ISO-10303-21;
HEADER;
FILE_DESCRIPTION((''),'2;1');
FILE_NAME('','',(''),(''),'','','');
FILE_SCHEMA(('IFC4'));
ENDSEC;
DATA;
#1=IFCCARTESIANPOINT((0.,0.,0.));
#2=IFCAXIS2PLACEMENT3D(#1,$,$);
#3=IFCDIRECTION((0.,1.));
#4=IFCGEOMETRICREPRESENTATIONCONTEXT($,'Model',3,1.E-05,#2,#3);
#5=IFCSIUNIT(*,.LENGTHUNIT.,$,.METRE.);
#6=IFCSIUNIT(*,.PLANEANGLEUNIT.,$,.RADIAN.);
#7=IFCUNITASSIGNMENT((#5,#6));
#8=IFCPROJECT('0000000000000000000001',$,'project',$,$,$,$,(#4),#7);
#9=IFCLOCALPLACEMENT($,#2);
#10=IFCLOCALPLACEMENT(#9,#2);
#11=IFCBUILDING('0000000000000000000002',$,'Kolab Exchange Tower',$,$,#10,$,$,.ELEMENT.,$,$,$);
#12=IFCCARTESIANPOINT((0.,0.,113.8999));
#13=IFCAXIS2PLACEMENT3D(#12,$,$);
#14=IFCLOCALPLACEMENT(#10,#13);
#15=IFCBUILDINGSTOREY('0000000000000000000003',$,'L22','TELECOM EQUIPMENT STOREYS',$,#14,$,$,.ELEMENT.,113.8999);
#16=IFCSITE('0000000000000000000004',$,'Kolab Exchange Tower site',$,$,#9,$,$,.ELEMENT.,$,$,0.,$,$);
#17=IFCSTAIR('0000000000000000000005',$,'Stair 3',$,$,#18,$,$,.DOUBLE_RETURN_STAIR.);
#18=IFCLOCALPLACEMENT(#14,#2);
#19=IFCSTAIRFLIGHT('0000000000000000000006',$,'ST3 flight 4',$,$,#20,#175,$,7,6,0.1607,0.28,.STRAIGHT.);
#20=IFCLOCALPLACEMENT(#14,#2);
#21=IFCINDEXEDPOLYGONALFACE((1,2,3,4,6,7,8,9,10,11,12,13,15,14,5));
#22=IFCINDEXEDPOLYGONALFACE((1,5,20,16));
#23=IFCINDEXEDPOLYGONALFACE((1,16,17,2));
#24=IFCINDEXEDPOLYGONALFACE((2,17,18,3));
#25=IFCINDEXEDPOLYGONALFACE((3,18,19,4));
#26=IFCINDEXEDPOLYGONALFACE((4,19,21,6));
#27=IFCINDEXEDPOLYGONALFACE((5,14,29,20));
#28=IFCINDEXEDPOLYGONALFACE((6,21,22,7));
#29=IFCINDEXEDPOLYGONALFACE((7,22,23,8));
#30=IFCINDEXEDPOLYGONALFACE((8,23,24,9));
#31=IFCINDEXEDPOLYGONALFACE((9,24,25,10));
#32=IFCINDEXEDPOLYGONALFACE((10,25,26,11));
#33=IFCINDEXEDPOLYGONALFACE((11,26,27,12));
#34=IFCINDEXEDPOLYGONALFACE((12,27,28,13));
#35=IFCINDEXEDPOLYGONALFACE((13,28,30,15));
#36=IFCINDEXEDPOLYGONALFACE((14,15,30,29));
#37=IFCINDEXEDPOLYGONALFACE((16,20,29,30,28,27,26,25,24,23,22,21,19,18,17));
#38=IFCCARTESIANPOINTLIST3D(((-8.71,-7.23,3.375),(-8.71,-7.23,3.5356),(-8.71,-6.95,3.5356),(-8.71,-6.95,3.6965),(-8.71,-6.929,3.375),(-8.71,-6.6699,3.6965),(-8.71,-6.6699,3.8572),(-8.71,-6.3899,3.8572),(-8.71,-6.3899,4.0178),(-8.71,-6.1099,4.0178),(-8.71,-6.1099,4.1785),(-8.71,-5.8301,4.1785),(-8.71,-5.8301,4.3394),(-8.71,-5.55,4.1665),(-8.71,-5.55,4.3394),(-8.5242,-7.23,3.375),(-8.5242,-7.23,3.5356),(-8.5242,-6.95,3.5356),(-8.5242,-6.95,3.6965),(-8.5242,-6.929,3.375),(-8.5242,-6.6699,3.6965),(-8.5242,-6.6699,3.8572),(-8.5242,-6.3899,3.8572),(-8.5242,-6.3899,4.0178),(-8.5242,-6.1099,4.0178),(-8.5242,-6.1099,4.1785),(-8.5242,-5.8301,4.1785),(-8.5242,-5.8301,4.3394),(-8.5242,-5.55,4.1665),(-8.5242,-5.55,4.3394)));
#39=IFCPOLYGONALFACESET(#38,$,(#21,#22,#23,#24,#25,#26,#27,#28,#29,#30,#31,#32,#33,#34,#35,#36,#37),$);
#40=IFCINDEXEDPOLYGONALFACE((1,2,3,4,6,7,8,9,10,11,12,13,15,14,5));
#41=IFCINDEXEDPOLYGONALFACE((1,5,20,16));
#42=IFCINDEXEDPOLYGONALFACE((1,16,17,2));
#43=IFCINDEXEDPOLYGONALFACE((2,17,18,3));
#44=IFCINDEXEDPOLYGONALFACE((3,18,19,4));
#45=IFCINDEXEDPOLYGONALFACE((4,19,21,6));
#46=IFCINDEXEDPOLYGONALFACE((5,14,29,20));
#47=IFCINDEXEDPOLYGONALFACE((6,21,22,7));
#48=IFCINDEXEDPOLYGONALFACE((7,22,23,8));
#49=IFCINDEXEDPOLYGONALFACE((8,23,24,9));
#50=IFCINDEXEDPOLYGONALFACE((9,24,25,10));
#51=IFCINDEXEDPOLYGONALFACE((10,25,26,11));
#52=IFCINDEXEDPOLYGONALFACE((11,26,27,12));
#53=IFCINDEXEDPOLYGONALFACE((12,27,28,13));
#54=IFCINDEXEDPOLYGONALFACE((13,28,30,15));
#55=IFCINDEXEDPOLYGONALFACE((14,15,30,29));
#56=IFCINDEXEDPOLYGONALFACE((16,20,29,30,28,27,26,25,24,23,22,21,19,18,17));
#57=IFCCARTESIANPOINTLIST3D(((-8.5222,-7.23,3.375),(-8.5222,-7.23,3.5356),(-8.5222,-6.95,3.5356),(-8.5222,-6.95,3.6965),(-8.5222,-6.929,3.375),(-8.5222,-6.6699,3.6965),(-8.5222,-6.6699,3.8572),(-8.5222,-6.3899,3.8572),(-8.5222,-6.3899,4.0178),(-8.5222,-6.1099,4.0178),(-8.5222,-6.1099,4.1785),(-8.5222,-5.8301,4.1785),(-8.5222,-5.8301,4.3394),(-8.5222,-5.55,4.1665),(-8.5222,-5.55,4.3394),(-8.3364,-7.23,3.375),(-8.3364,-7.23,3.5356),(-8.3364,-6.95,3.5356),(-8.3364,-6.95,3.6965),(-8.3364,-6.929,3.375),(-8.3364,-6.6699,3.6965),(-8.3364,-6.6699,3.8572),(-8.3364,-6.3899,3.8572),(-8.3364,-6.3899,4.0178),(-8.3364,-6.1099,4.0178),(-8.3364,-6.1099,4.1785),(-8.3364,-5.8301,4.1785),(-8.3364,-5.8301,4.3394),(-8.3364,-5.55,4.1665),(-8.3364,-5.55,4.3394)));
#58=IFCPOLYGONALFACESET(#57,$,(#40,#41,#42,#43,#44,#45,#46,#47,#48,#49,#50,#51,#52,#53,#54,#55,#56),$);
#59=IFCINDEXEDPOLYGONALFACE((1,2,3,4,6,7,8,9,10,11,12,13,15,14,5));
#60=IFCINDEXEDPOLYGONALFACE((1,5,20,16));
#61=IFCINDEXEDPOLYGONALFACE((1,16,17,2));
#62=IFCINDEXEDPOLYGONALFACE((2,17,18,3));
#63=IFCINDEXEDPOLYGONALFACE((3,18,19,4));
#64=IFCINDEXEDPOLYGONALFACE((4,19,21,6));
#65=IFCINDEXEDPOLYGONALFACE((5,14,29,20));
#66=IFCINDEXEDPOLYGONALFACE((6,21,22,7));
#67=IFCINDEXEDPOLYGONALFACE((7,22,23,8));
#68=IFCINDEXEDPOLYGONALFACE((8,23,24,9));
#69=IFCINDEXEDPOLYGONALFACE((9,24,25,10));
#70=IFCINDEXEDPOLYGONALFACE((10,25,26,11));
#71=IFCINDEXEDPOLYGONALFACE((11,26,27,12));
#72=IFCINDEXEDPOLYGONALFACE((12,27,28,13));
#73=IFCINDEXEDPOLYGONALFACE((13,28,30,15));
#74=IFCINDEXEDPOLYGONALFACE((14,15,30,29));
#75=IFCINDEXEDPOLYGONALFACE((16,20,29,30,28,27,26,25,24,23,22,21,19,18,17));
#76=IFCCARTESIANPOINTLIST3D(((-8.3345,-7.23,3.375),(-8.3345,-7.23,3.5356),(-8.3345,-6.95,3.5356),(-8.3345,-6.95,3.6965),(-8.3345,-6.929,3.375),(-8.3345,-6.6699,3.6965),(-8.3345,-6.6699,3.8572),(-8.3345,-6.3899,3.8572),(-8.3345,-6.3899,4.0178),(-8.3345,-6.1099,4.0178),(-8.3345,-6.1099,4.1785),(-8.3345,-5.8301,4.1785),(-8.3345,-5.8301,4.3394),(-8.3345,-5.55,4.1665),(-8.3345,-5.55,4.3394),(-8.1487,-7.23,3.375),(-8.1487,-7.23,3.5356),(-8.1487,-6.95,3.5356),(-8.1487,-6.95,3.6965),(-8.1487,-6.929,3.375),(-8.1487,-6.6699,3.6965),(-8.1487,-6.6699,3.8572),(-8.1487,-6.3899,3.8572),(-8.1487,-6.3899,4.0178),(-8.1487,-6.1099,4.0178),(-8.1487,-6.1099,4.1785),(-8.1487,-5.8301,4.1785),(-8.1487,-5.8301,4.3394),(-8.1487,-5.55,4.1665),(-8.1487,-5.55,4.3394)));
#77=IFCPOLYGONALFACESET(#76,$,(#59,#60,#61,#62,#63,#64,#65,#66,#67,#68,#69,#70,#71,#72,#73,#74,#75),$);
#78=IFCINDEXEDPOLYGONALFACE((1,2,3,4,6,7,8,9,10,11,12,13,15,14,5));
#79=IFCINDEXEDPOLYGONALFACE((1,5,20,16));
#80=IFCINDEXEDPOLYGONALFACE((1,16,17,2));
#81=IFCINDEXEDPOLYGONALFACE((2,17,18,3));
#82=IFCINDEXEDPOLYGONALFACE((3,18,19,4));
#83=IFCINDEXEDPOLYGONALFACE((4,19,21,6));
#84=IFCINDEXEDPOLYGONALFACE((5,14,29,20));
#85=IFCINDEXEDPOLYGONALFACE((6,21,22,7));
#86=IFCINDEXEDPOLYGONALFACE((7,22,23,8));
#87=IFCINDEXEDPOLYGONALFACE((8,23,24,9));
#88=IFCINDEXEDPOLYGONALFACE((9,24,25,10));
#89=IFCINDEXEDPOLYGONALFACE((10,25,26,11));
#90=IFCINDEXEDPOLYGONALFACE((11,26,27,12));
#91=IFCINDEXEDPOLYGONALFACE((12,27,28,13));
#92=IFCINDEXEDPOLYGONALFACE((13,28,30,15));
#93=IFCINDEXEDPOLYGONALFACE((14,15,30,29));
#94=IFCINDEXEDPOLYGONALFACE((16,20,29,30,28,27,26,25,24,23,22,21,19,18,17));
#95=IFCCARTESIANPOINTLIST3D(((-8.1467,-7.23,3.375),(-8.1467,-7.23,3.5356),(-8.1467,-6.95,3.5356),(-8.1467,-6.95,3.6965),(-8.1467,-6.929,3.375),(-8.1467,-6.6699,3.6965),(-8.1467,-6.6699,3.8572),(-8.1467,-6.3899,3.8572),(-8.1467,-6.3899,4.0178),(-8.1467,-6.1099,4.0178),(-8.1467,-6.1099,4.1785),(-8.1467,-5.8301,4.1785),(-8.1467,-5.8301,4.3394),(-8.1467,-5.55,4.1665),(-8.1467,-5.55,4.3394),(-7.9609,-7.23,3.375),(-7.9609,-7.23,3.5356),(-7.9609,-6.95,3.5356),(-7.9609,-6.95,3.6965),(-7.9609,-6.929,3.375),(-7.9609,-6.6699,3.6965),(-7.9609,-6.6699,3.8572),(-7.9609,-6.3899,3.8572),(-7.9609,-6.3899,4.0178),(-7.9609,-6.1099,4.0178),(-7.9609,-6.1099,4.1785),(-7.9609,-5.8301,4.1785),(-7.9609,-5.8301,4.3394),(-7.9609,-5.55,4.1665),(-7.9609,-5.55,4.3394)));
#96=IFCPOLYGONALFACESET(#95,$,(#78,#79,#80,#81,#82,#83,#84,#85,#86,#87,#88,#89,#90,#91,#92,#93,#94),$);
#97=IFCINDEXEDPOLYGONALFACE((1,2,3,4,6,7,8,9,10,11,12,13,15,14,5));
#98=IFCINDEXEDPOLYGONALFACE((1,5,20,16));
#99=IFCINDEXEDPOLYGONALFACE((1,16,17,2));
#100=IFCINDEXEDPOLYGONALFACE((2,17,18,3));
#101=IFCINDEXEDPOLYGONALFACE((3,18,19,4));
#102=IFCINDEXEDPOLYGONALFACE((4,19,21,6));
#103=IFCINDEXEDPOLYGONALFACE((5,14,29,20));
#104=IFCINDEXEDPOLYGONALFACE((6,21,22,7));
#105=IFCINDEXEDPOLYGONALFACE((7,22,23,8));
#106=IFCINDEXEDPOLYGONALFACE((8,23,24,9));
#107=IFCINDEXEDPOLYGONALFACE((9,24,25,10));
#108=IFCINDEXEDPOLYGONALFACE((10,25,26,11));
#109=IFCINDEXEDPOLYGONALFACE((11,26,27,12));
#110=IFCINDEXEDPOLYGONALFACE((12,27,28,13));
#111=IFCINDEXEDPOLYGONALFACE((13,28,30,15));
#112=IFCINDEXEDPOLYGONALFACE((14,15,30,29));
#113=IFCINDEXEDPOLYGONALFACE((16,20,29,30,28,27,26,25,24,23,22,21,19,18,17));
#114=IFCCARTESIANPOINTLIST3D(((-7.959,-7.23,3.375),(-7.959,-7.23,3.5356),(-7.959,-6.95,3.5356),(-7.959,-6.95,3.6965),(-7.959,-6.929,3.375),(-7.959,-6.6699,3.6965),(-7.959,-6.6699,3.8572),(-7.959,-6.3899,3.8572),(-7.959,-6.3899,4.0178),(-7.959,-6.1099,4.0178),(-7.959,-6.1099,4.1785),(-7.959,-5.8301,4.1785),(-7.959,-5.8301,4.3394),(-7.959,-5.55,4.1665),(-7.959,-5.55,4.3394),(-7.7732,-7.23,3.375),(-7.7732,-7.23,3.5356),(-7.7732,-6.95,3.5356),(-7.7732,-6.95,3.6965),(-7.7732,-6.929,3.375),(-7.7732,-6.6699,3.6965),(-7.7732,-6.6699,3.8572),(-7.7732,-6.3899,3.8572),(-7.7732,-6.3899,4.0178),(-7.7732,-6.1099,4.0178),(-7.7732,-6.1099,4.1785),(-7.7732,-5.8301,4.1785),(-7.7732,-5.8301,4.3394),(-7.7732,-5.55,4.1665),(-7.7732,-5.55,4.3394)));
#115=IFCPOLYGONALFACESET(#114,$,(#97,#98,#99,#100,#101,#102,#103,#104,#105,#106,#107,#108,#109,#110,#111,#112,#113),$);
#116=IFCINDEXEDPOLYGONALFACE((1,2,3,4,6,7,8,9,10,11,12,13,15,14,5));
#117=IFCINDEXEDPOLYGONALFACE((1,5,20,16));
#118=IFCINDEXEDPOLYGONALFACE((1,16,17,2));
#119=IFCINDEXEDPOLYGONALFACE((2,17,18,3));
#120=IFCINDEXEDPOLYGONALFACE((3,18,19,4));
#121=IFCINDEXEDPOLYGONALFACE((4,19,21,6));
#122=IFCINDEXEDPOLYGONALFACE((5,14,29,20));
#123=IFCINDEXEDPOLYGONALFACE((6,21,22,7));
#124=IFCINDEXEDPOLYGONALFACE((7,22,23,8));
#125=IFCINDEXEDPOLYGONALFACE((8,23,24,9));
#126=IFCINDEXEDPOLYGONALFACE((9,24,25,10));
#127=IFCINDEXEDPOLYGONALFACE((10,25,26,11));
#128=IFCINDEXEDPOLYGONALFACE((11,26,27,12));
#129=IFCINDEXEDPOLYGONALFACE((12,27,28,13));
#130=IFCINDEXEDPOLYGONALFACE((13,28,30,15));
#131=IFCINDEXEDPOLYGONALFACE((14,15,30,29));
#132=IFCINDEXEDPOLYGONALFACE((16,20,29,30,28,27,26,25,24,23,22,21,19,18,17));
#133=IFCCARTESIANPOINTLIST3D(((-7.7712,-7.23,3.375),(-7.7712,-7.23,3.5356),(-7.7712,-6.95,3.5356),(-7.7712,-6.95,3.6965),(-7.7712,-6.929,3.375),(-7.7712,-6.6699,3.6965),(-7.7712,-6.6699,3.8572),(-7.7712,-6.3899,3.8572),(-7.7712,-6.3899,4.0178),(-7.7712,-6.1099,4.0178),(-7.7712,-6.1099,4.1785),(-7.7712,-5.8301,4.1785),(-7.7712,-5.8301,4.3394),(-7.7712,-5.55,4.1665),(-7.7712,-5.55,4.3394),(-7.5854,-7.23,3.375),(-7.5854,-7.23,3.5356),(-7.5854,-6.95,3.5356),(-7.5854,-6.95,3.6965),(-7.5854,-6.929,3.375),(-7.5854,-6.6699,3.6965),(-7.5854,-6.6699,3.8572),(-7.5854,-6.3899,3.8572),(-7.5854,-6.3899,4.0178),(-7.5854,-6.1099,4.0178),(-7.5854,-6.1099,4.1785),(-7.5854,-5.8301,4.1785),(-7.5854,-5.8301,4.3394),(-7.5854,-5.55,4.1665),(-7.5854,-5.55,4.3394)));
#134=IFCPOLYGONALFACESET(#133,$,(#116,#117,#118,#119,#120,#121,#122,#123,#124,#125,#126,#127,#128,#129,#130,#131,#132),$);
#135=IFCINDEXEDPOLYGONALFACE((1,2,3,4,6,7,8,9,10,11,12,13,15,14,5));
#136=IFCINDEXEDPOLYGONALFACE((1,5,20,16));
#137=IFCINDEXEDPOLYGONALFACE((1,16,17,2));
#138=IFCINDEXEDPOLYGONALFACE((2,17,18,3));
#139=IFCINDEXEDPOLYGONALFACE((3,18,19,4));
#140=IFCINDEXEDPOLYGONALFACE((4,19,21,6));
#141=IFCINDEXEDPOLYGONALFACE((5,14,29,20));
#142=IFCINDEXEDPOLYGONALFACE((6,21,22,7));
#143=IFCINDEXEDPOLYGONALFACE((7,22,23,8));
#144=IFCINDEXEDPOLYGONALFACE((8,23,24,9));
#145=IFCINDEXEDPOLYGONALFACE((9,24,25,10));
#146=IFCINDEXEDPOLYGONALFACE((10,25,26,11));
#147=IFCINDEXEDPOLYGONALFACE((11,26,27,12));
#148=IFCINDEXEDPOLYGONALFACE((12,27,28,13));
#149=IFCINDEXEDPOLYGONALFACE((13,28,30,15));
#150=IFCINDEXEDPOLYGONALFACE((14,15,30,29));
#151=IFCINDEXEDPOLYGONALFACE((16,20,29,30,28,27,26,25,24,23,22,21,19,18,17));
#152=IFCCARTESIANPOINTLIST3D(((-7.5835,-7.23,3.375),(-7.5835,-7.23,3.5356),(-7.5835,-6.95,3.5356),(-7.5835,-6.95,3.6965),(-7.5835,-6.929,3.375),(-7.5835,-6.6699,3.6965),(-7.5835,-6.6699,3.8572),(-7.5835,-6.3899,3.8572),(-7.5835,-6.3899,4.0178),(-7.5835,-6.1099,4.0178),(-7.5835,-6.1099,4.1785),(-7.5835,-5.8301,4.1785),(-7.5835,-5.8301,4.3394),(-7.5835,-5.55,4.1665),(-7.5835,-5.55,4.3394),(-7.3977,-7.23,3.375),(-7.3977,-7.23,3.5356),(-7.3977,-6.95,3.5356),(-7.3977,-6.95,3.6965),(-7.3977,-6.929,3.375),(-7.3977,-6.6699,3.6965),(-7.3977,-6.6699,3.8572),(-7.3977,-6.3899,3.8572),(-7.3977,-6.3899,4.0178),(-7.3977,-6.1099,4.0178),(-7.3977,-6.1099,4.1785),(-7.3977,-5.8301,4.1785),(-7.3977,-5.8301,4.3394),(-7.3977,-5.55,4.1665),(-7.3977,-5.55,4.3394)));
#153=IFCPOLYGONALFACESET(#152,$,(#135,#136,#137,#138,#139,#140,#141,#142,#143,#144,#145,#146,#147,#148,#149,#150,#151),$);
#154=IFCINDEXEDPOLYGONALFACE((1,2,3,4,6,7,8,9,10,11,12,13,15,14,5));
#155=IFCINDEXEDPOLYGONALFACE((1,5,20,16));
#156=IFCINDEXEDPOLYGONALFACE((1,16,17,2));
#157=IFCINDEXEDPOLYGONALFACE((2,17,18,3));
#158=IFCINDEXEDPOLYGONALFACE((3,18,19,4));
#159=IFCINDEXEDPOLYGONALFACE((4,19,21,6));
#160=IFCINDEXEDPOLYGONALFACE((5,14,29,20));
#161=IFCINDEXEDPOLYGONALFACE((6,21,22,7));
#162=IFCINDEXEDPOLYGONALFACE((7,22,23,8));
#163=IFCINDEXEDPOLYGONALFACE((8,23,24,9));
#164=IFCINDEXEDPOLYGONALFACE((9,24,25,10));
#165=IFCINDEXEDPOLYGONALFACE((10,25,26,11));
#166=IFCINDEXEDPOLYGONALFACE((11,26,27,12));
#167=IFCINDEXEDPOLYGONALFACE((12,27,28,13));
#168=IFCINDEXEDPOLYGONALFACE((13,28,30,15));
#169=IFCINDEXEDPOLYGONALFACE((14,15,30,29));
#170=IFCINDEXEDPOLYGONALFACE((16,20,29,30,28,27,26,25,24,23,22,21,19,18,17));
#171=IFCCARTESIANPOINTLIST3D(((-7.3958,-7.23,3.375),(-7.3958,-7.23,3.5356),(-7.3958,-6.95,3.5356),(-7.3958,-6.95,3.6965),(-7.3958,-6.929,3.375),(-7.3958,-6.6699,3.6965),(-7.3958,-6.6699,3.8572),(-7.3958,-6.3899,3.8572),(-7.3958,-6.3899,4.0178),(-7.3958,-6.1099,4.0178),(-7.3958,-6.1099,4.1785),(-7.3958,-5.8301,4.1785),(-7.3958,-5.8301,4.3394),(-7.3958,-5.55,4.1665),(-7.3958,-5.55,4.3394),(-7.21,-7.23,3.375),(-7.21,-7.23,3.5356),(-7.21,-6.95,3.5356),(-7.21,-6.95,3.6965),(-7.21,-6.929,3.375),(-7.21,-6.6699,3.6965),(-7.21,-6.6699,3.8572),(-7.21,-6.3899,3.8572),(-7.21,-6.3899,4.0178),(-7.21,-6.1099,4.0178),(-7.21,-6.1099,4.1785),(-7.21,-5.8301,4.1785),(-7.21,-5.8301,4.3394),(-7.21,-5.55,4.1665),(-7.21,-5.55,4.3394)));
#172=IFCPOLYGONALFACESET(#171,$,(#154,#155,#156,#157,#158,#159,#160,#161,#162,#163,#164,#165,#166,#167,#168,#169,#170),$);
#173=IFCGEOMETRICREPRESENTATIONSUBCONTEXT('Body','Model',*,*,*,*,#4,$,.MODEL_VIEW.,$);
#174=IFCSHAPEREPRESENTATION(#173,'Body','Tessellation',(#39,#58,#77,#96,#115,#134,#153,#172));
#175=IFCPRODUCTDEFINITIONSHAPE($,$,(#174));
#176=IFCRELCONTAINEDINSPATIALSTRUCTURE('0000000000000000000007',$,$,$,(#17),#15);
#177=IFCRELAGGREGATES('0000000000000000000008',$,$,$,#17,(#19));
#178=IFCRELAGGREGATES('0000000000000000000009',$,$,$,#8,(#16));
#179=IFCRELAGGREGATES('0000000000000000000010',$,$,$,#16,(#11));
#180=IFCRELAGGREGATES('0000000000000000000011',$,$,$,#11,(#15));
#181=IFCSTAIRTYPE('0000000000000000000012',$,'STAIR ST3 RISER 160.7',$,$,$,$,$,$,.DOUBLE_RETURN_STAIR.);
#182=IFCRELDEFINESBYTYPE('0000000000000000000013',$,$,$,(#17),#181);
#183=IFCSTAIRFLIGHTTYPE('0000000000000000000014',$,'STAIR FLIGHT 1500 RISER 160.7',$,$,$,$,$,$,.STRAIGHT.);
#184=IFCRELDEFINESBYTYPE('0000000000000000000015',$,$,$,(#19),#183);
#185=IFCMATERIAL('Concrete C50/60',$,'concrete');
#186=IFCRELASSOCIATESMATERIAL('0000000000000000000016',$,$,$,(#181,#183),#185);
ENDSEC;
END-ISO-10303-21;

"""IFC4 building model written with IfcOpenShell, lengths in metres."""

from ifc_helpers import new_model, si_unit, direction, frame, origin, place, context, subcontext, project, spatial, polyline, outline, extrude, material, type_object, element, aggregate, save


model = new_model("IFC4")

# Units and contexts
model_context = context("Model", 3, precision=1e-05, world=origin(), true_north=direction((0.0, 1.0)))
body_context = subcontext(model_context, "Body", "Model", "MODEL_VIEW")
ifc_project = project(units=[si_unit("LENGTHUNIT", "METRE"), si_unit("PLANEANGLEUNIT", "RADIAN")], contexts=[model_context])

# Site, building, storey
site_placement = place(None, origin())
site = spatial("IfcSite", under=ifc_project, at=site_placement, Name="Kolab Exchange Tower site", CompositionType="ELEMENT", RefElevation=0.0)
building_placement = place(site_placement, origin())
building = spatial("IfcBuilding", under=site, at=building_placement, Name="Kolab Exchange Tower", CompositionType="ELEMENT")
storey_placement = place(building_placement, frame((0.0, 0.0, 113.8999)))
storey = spatial("IfcBuildingStorey", under=building, at=storey_placement, Name="L22", Description="TELECOM EQUIPMENT STOREYS", CompositionType="ELEMENT", Elevation=113.8999)

# Shared definitions
ifc_material_1 = material(Name="Concrete C50/60", Category="concrete")

# Stair, stair flight
stair_type = type_object("IfcStairType", Name="STAIR ST3 RISER 160.7", PredefinedType="DOUBLE_RETURN_STAIR", material=ifc_material_1)
stair_placement = place(storey_placement, origin())
stair = element("IfcStair", 1, at=stair_placement, inside=storey, type_object=stair_type, Name="Stair 3", PredefinedType="DOUBLE_RETURN_STAIR")
stair_flight_type = type_object("IfcStairFlightType", Name="STAIR FLIGHT 1500 RISER 160.7", PredefinedType="STRAIGHT", material=ifc_material_1)
stair_flight_1_placement = place(storey_placement, frame((-7.96, -7.23, 3.375), z_axis=(0.0, 0.0, 1.0), x_axis=(0.0, 1.0, 0.0)))
stair_flight_1 = element("IfcStairFlight", 2, at=stair_flight_1_placement, type_object=stair_flight_type, Name="ST3 flight 4", NumberOfRisers=7, NumberOfTreads=6, PredefinedType="STRAIGHT", RiserHeight=0.1607, TreadLength=0.28, context=body_context, shape_type="SweptSolid", body=[
    extrude(outline(polyline([(0.0, 0.0), (0.0, 0.1606), (0.28, 0.1606), (0.28, 0.3215), (0.5601, 0.3215), (0.5601, 0.4822), (0.8401, 0.4822), (0.8401, 0.6428), (1.1201, 0.6428), (1.1201, 0.8035), (1.3999, 0.8035), (1.3999, 0.9644), (1.6799, 0.9644), (1.6799, 1.125), (1.6799, 0.7915), (0.301, 0.0), (0.0, 0.0)])), frame((0.0, 0.75, 0.0), z_axis=(0.0, -1.0, 0.0), x_axis=(1.0, 0.0, 0.0)), (0.0, 0.0, 1.0), 0.1858),
    extrude(outline(polyline([(0.0, 0.0), (0.0, 0.1606), (0.28, 0.1606), (0.28, 0.3215), (0.5601, 0.3215), (0.5601, 0.4822), (0.8401, 0.4822), (0.8401, 0.6428), (1.1201, 0.6428), (1.1201, 0.8035), (1.3999, 0.8035), (1.3999, 0.9644), (1.6799, 0.9644), (1.6799, 1.125), (1.6799, 0.7915), (0.301, 0.0), (0.0, 0.0)])), frame((0.0, 0.5623, 0.0), z_axis=(0.0, -1.0, 0.0), x_axis=(1.0, 0.0, 0.0)), (0.0, 0.0, 1.0), 0.1858),
    extrude(outline(polyline([(0.0, 0.0), (0.0, 0.1606), (0.28, 0.1606), (0.28, 0.3215), (0.5601, 0.3215), (0.5601, 0.4822), (0.8401, 0.4822), (0.8401, 0.6428), (1.1201, 0.6428), (1.1201, 0.8035), (1.3999, 0.8035), (1.3999, 0.9644), (1.6799, 0.9644), (1.6799, 1.125), (1.6799, 0.7915), (0.301, 0.0), (0.0, 0.0)])), frame((0.0, 0.3745, 0.0), z_axis=(0.0, -1.0, 0.0), x_axis=(1.0, 0.0, 0.0)), (0.0, 0.0, 1.0), 0.1858),
    extrude(outline(polyline([(0.0, 0.0), (0.0, 0.1606), (0.28, 0.1606), (0.28, 0.3215), (0.5601, 0.3215), (0.5601, 0.4822), (0.8401, 0.4822), (0.8401, 0.6428), (1.1201, 0.6428), (1.1201, 0.8035), (1.3999, 0.8035), (1.3999, 0.9644), (1.6799, 0.9644), (1.6799, 1.125), (1.6799, 0.7915), (0.301, 0.0), (0.0, 0.0)])), frame((0.0, 0.1868, 0.0), z_axis=(0.0, -1.0, 0.0), x_axis=(1.0, 0.0, 0.0)), (0.0, 0.0, 1.0), 0.1858),
    extrude(outline(polyline([(0.0, 0.0), (0.0, 0.1606), (0.28, 0.1606), (0.28, 0.3215), (0.5601, 0.3215), (0.5601, 0.4822), (0.8401, 0.4822), (0.8401, 0.6428), (1.1201, 0.6428), (1.1201, 0.8035), (1.3999, 0.8035), (1.3999, 0.9644), (1.6799, 0.9644), (1.6799, 1.125), (1.6799, 0.7915), (0.301, 0.0), (0.0, 0.0)])), frame((0.0, -0.001, 0.0), z_axis=(0.0, -1.0, 0.0), x_axis=(1.0, 0.0, 0.0)), (0.0, 0.0, 1.0), 0.1858),
    extrude(outline(polyline([(0.0, 0.0), (0.0, 0.1606), (0.28, 0.1606), (0.28, 0.3215), (0.5601, 0.3215), (0.5601, 0.4822), (0.8401, 0.4822), (0.8401, 0.6428), (1.1201, 0.6428), (1.1201, 0.8035), (1.3999, 0.8035), (1.3999, 0.9644), (1.6799, 0.9644), (1.6799, 1.125), (1.6799, 0.7915), (0.301, 0.0), (0.0, 0.0)])), frame((0.0, -0.1887, 0.0), z_axis=(0.0, -1.0, 0.0), x_axis=(1.0, 0.0, 0.0)), (0.0, 0.0, 1.0), 0.1858),
    extrude(outline(polyline([(0.0, 0.0), (0.0, 0.1606), (0.28, 0.1606), (0.28, 0.3215), (0.5601, 0.3215), (0.5601, 0.4822), (0.8401, 0.4822), (0.8401, 0.6428), (1.1201, 0.6428), (1.1201, 0.8035), (1.3999, 0.8035), (1.3999, 0.9644), (1.6799, 0.9644), (1.6799, 1.125), (1.6799, 0.7915), (0.301, 0.0), (0.0, 0.0)])), frame((0.0, -0.3765, 0.0), z_axis=(0.0, -1.0, 0.0), x_axis=(1.0, 0.0, 0.0)), (0.0, 0.0, 1.0), 0.1858),
    extrude(outline(polyline([(0.0, 0.0), (0.0, 0.1606), (0.28, 0.1606), (0.28, 0.3215), (0.5601, 0.3215), (0.5601, 0.4822), (0.8401, 0.4822), (0.8401, 0.6428), (1.1201, 0.6428), (1.1201, 0.8035), (1.3999, 0.8035), (1.3999, 0.9644), (1.6799, 0.9644), (1.6799, 1.125), (1.6799, 0.7915), (0.301, 0.0), (0.0, 0.0)])), frame((0.0, -0.5642, 0.0), z_axis=(0.0, -1.0, 0.0), x_axis=(1.0, 0.0, 0.0)), (0.0, 0.0, 1.0), 0.1858),
])
aggregate(stair, [stair_flight_1])

save(model, "model.ifc")
